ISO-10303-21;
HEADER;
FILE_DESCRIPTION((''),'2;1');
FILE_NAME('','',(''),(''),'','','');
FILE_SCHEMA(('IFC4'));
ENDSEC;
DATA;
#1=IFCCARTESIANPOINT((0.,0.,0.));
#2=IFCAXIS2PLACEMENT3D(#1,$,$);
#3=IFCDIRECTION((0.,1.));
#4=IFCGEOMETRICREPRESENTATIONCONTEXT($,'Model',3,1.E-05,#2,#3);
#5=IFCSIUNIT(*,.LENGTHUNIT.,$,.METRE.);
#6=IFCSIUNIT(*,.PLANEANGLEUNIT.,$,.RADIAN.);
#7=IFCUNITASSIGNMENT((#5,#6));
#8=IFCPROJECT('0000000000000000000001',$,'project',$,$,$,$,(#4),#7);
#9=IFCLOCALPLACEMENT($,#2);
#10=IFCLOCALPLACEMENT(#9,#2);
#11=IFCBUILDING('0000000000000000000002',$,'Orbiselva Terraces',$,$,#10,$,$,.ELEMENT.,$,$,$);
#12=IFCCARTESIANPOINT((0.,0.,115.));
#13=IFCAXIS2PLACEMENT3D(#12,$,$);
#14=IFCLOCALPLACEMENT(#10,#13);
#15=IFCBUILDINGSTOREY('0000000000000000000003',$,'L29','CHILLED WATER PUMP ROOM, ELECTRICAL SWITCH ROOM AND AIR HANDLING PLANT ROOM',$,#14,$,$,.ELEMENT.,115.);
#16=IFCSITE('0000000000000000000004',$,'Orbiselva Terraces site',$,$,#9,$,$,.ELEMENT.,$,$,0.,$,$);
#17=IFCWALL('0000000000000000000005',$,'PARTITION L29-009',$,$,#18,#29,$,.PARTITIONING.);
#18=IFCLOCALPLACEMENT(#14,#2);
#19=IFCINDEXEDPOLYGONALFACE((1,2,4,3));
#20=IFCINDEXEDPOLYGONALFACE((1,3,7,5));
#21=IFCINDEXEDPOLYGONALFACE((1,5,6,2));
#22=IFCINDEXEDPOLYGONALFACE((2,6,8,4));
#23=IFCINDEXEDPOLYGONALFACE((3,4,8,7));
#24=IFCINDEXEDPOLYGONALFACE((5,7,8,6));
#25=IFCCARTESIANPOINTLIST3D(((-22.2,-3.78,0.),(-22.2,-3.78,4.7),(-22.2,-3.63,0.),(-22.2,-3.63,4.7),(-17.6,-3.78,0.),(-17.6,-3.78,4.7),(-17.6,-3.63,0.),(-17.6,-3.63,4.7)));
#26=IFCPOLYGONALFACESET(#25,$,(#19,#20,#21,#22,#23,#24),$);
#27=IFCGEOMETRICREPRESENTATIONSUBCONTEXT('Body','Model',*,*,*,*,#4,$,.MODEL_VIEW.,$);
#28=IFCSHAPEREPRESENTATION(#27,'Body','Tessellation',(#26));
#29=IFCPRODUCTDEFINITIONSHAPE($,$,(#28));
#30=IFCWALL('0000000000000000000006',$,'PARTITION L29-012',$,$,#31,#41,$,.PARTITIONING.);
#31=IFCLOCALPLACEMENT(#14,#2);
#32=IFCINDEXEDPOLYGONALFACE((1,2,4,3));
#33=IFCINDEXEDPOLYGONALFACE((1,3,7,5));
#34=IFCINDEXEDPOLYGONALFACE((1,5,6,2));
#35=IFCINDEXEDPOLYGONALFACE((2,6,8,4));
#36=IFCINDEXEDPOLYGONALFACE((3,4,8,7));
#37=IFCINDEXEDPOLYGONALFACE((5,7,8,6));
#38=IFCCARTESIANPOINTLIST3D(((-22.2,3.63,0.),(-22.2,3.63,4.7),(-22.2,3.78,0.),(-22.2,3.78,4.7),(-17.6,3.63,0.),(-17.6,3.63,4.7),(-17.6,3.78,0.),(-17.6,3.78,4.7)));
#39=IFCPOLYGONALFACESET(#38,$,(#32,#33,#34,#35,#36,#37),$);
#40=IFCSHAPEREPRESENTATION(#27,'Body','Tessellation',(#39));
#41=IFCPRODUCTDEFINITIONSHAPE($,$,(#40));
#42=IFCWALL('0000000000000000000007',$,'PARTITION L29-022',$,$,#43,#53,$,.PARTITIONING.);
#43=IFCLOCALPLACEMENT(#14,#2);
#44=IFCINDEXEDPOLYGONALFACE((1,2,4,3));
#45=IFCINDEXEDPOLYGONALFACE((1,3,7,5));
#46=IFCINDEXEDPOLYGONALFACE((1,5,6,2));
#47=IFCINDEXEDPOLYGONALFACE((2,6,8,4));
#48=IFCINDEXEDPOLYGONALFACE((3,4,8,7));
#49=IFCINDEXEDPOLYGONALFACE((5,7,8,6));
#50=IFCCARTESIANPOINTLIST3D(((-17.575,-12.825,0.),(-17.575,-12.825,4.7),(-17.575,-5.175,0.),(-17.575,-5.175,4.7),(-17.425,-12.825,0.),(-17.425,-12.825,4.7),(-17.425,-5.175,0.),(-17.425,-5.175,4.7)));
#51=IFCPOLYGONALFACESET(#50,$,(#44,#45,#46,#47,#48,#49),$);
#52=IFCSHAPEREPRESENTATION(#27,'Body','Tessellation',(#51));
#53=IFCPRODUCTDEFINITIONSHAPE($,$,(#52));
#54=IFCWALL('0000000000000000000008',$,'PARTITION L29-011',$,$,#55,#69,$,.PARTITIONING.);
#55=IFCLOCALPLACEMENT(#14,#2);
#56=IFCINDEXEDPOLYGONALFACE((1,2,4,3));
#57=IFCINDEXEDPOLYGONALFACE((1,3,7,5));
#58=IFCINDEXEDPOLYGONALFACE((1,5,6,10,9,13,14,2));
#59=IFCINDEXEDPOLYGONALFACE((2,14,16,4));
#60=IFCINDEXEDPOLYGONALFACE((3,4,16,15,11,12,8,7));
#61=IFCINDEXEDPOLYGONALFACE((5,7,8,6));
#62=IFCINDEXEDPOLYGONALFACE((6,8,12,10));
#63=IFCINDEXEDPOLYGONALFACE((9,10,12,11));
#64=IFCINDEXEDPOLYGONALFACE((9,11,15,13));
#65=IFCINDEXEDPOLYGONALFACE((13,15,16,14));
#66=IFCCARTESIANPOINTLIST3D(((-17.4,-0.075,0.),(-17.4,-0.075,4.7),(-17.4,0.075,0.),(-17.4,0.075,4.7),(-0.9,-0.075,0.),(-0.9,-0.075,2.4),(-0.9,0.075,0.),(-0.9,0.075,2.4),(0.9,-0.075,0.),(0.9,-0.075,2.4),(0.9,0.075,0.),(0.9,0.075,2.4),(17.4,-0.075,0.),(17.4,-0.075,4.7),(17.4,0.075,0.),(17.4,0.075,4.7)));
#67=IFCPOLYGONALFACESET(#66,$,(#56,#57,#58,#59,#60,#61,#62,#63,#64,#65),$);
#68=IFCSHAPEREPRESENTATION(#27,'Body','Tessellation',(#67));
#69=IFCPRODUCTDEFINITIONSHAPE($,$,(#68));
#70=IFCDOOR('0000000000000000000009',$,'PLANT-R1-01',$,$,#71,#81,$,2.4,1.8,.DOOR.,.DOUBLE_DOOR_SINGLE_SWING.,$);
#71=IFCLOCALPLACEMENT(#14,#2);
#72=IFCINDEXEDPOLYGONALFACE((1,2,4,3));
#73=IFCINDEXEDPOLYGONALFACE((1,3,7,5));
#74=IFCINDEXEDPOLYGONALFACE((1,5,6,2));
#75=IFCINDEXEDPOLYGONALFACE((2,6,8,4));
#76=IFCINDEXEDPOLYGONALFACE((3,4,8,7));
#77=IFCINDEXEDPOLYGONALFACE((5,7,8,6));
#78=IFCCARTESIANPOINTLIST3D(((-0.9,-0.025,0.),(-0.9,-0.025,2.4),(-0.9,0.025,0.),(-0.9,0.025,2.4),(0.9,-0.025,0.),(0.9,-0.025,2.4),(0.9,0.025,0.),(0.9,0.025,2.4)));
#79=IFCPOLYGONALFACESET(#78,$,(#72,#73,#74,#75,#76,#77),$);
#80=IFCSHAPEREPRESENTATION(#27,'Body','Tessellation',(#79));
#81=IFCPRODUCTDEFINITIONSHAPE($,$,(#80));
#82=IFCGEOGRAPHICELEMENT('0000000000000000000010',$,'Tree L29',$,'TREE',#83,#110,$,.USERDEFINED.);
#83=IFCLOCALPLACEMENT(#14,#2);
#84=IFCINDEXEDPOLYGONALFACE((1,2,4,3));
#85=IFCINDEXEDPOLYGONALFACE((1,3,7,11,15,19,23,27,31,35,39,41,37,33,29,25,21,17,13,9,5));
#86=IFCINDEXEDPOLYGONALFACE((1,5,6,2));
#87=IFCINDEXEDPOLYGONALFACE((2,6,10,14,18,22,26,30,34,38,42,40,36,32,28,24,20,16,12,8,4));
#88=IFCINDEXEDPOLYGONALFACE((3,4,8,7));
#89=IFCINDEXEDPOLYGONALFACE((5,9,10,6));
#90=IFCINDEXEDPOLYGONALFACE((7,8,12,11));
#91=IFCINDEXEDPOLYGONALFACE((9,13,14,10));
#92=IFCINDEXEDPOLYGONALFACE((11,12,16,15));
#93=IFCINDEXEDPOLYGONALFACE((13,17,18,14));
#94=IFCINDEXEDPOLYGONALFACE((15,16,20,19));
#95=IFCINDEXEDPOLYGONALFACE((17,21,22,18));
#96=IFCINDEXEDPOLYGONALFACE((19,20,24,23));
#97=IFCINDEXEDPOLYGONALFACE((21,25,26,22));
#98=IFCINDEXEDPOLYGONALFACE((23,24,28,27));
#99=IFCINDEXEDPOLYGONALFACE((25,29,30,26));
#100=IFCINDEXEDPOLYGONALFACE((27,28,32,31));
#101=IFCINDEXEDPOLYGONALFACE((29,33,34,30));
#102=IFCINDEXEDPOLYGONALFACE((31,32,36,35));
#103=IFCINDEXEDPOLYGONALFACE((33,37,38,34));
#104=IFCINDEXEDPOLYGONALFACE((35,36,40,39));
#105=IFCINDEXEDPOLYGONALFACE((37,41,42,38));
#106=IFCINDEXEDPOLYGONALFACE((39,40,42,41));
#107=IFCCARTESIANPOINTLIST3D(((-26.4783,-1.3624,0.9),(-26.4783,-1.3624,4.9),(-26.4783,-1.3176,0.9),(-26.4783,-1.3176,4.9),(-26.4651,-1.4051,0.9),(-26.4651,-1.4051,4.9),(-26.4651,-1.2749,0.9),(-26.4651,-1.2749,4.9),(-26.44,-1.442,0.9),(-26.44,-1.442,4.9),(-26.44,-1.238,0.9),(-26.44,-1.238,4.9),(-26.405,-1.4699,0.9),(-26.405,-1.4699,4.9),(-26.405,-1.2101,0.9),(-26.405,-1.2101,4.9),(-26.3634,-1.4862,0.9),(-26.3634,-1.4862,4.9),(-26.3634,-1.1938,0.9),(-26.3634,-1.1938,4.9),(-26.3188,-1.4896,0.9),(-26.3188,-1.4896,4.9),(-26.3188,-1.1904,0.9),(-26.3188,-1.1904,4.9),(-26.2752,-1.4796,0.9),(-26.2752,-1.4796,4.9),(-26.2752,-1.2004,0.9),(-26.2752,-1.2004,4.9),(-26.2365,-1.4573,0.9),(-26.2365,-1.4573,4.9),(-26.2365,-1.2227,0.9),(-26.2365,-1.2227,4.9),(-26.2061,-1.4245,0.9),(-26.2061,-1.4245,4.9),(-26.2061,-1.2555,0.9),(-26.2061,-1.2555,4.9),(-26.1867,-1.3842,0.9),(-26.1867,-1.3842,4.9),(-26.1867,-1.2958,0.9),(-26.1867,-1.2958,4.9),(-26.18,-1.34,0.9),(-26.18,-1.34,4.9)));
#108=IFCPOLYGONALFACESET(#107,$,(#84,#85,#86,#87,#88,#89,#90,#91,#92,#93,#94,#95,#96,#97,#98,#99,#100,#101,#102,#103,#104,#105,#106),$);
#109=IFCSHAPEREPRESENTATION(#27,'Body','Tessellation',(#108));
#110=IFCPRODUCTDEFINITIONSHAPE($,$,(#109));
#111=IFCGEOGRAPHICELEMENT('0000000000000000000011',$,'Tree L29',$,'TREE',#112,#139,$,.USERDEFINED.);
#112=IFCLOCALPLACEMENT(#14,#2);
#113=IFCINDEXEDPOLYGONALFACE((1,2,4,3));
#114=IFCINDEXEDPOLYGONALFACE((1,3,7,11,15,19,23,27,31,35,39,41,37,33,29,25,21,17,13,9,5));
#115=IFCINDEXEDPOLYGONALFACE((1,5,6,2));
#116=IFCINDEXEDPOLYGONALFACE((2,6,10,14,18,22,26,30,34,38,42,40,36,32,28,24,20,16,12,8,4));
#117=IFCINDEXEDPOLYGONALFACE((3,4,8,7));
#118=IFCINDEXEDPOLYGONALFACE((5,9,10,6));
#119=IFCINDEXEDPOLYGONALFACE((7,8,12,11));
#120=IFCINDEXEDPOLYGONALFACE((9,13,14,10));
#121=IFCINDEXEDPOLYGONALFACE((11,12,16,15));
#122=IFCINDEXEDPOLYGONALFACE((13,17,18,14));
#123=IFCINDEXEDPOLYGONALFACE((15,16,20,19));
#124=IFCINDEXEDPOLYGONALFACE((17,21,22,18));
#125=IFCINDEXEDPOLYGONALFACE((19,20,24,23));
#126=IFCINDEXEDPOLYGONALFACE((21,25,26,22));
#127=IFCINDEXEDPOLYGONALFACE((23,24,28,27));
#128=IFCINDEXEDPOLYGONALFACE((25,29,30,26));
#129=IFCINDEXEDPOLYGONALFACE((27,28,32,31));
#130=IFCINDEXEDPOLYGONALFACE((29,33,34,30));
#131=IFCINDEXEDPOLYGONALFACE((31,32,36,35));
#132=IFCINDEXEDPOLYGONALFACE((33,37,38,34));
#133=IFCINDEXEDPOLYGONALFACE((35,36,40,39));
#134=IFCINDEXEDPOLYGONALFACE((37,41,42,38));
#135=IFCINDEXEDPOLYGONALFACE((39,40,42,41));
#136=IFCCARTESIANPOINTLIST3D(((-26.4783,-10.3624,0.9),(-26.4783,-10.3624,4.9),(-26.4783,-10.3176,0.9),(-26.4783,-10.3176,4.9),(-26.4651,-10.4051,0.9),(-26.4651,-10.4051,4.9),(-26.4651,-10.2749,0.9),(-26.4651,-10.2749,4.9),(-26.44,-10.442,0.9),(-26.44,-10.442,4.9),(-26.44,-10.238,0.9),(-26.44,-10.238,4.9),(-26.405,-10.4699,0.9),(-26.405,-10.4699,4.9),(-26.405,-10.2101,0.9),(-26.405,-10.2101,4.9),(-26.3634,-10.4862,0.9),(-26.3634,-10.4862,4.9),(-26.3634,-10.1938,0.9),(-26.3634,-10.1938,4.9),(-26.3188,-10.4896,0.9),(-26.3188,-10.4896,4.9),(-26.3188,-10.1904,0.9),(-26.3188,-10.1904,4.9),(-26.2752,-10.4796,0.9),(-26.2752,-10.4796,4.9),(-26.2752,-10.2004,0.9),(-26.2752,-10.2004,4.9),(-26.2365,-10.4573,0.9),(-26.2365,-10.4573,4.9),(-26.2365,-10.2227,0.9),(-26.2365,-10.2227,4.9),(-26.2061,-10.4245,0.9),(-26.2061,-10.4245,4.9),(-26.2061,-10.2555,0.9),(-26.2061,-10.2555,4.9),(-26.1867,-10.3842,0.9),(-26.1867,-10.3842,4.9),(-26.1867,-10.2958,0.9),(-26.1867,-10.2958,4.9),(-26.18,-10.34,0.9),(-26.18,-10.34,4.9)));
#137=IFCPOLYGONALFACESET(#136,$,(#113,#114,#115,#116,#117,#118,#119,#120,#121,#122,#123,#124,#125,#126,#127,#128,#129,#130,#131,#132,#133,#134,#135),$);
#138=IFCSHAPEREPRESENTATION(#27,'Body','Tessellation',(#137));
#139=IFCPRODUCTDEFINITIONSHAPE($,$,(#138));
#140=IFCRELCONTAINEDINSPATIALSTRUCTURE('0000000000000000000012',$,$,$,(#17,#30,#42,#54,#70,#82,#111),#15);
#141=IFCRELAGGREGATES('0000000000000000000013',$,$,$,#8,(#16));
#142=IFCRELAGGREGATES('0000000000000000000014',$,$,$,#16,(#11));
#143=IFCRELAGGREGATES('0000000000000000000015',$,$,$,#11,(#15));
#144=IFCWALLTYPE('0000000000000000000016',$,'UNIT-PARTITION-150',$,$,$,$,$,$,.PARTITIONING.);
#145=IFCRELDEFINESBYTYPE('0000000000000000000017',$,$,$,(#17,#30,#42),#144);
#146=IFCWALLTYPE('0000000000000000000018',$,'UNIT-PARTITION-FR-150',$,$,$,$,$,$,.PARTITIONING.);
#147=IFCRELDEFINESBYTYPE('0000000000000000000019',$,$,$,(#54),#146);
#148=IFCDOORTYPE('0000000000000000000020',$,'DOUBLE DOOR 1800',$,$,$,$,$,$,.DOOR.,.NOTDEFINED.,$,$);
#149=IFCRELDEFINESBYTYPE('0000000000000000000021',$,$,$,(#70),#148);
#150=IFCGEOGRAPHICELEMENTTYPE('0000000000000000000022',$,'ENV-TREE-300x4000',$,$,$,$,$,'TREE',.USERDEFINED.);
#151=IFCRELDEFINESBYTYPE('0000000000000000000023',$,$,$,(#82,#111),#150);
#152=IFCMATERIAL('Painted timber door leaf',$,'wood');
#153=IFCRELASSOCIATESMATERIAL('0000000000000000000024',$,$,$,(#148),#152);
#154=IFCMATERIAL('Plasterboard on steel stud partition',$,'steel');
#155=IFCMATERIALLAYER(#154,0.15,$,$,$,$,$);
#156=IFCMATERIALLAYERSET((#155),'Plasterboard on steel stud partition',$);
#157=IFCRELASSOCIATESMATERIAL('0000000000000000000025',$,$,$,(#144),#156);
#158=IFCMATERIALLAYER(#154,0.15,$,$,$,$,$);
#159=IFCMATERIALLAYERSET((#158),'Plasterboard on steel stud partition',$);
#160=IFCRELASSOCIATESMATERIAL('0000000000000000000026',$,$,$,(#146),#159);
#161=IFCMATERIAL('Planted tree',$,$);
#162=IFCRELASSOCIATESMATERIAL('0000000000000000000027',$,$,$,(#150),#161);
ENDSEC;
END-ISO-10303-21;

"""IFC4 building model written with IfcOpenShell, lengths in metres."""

from ifc_helpers import new_model, si_unit, direction, frame, frame_2d, origin, origin_2d, place, context, subcontext, project, spatial, rectangle, circle, extrude, material, layer, layer_set, type_object, element, fill, save


model = new_model("IFC4")

# Units and contexts
model_context = context("Model", 3, precision=1e-05, world=origin(), true_north=direction((0.0, 1.0)))
body_context = subcontext(model_context, "Body", "Model", "MODEL_VIEW")
ifc_project = project(units=[si_unit("LENGTHUNIT", "METRE"), si_unit("PLANEANGLEUNIT", "RADIAN")], contexts=[model_context])

# Site, building, storey
site_placement = place(None, origin())
site = spatial("IfcSite", under=ifc_project, at=site_placement, Name="Orbiselva Terraces site", CompositionType="ELEMENT", RefElevation=0.0)
building_placement = place(site_placement, origin())
building = spatial("IfcBuilding", under=site, at=building_placement, Name="Orbiselva Terraces", CompositionType="ELEMENT")
storey_placement = place(building_placement, frame((0.0, 0.0, 115.0)))
storey = spatial("IfcBuildingStorey", under=building, at=storey_placement, Name="L29", Description="CHILLED WATER PUMP ROOM, ELECTRICAL SWITCH ROOM AND AIR HANDLING PLANT ROOM", CompositionType="ELEMENT", Elevation=115.0)

# Shared definitions
ifc_material_1 = material(Name="Plasterboard on steel stud partition", Category="steel")

# Shared definitions
ifc_material_2 = material(Name="Painted timber door leaf", Category="wood")
door_type_1 = type_object("IfcDoorType", Name="DOUBLE DOOR 1800", OperationType="NOTDEFINED", PredefinedType="DOOR", material=ifc_material_2)

# Walls
ifc_layer_1 = layer(ifc_material_1, 0.15)
ifc_layer_set_1 = layer_set([ifc_layer_1], Name="Plasterboard on steel stud partition")
wall_type_1 = type_object("IfcWallType", Name="UNIT-PARTITION-150", PredefinedType="PARTITIONING", material=ifc_layer_set_1)
for number, where, z_axis, x_axis, name in (
    (1, (-22.2, -3.705, 0.0), (0.0, 0.0, 1.0), (1.0, 0.0, 0.0), "PARTITION L29-009"),
    (2, (-22.2, 3.705, 0.0), (0.0, 0.0, 1.0), (1.0, 0.0, 0.0), "PARTITION L29-012"),
):
    element("IfcWall", number, at=place(storey_placement, frame(where, z_axis=z_axis, x_axis=x_axis)), inside=storey, type_object=wall_type_1, Name=name, PredefinedType="PARTITIONING", context=body_context, shape_type="SweptSolid", body=[
        extrude(rectangle(XDim=4.6, YDim=0.15, at=frame_2d((2.3, 0.0))), origin(), (0.0, 0.0, 1.0), 4.7),
    ])
wall_1_placement = place(storey_placement, frame((-17.5, -12.825, 0.0), z_axis=(0.0, 0.0, 1.0), x_axis=(0.0, 1.0, 0.0)))
element("IfcWall", 3, at=wall_1_placement, inside=storey, type_object=wall_type_1, Name="PARTITION L29-022", PredefinedType="PARTITIONING", context=body_context, shape_type="SweptSolid", body=[
    extrude(rectangle(XDim=7.65, YDim=0.15, at=frame_2d((3.825, 0.0))), origin(), (0.0, 0.0, 1.0), 4.7),
])

# Wall, opening, door
ifc_layer_2 = layer(ifc_material_1, 0.15)
ifc_layer_set_2 = layer_set([ifc_layer_2], Name="Plasterboard on steel stud partition")
wall_type_2 = type_object("IfcWallType", Name="UNIT-PARTITION-FR-150", PredefinedType="PARTITIONING", material=ifc_layer_set_2)
wall_2_placement = place(storey_placement, frame((-17.4, 0.0, 0.0), z_axis=(0.0, 0.0, 1.0), x_axis=(1.0, 0.0, 0.0)))
wall_2 = element("IfcWall", 4, at=wall_2_placement, inside=storey, type_object=wall_type_2, Name="PARTITION L29-011", PredefinedType="PARTITIONING", context=body_context, shape_type="SweptSolid", body=[
    extrude(rectangle(XDim=34.8, YDim=0.15, at=frame_2d((17.4, 0.0))), origin(), (0.0, 0.0, 1.0), 4.7),
])
opening_1_placement = place(wall_2_placement, frame((16.5, 0.0, 0.0)))
opening_1 = element("IfcOpeningElement", 5, at=opening_1_placement, cuts=wall_2, PredefinedType="OPENING", context=body_context, shape_type="SweptSolid", body=[
    extrude(rectangle(XDim=1.8, YDim=2.4, at=frame_2d((0.9, 1.2))), frame((0.0, 0.085, 0.0), z_axis=(0.0, -1.0, 0.0), x_axis=(1.0, 0.0, 0.0)), (0.0, 0.0, 1.0), 0.17),
])
door_1_placement = place(opening_1_placement, origin())
door_1 = element("IfcDoor", 6, at=door_1_placement, inside=storey, type_object=door_type_1, Name="PLANT-R1-01", OperationType="DOUBLE_DOOR_SINGLE_SWING", OverallHeight=2.4, OverallWidth=1.8, PredefinedType="DOOR", context=body_context, shape_type="SweptSolid", body=[
    extrude(rectangle(XDim=1.8, YDim=2.4, at=frame_2d((0.9, 1.2))), frame((0.0, 0.025, 0.0), z_axis=(0.0, -1.0, 0.0), x_axis=(1.0, 0.0, 0.0)), (0.0, 0.0, 1.0), 0.05),
])
fill(opening_1, door_1)

# Geographic elements
ifc_material_3 = material(Name="Planted tree")
geographic_element_type = type_object("IfcGeographicElementType", Name="ENV-TREE-300x4000", ElementType="TREE", PredefinedType="USERDEFINED", material=ifc_material_3)
for number, where, z_axis, x_axis, name in (
    (7, (-26.33, -1.34, 4.9), (0.0, 0.0, -1.0), (1.0, 0.0, 0.0), "Tree L29"),
    (8, (-26.33, -10.34, 4.9), (0.0, 0.0, -1.0), (1.0, 0.0, 0.0), "Tree L29"),
):
    element("IfcGeographicElement", number, at=place(storey_placement, frame(where, z_axis=z_axis, x_axis=x_axis)), inside=storey, type_object=geographic_element_type, Name=name, ObjectType="TREE", PredefinedType="USERDEFINED", context=body_context, shape_type="SweptSolid", body=[
        extrude(circle(Radius=0.15, at=origin_2d()), origin(), (0.0, 0.0, 1.0), 4.0),
    ])

save(model, "model.ifc")
